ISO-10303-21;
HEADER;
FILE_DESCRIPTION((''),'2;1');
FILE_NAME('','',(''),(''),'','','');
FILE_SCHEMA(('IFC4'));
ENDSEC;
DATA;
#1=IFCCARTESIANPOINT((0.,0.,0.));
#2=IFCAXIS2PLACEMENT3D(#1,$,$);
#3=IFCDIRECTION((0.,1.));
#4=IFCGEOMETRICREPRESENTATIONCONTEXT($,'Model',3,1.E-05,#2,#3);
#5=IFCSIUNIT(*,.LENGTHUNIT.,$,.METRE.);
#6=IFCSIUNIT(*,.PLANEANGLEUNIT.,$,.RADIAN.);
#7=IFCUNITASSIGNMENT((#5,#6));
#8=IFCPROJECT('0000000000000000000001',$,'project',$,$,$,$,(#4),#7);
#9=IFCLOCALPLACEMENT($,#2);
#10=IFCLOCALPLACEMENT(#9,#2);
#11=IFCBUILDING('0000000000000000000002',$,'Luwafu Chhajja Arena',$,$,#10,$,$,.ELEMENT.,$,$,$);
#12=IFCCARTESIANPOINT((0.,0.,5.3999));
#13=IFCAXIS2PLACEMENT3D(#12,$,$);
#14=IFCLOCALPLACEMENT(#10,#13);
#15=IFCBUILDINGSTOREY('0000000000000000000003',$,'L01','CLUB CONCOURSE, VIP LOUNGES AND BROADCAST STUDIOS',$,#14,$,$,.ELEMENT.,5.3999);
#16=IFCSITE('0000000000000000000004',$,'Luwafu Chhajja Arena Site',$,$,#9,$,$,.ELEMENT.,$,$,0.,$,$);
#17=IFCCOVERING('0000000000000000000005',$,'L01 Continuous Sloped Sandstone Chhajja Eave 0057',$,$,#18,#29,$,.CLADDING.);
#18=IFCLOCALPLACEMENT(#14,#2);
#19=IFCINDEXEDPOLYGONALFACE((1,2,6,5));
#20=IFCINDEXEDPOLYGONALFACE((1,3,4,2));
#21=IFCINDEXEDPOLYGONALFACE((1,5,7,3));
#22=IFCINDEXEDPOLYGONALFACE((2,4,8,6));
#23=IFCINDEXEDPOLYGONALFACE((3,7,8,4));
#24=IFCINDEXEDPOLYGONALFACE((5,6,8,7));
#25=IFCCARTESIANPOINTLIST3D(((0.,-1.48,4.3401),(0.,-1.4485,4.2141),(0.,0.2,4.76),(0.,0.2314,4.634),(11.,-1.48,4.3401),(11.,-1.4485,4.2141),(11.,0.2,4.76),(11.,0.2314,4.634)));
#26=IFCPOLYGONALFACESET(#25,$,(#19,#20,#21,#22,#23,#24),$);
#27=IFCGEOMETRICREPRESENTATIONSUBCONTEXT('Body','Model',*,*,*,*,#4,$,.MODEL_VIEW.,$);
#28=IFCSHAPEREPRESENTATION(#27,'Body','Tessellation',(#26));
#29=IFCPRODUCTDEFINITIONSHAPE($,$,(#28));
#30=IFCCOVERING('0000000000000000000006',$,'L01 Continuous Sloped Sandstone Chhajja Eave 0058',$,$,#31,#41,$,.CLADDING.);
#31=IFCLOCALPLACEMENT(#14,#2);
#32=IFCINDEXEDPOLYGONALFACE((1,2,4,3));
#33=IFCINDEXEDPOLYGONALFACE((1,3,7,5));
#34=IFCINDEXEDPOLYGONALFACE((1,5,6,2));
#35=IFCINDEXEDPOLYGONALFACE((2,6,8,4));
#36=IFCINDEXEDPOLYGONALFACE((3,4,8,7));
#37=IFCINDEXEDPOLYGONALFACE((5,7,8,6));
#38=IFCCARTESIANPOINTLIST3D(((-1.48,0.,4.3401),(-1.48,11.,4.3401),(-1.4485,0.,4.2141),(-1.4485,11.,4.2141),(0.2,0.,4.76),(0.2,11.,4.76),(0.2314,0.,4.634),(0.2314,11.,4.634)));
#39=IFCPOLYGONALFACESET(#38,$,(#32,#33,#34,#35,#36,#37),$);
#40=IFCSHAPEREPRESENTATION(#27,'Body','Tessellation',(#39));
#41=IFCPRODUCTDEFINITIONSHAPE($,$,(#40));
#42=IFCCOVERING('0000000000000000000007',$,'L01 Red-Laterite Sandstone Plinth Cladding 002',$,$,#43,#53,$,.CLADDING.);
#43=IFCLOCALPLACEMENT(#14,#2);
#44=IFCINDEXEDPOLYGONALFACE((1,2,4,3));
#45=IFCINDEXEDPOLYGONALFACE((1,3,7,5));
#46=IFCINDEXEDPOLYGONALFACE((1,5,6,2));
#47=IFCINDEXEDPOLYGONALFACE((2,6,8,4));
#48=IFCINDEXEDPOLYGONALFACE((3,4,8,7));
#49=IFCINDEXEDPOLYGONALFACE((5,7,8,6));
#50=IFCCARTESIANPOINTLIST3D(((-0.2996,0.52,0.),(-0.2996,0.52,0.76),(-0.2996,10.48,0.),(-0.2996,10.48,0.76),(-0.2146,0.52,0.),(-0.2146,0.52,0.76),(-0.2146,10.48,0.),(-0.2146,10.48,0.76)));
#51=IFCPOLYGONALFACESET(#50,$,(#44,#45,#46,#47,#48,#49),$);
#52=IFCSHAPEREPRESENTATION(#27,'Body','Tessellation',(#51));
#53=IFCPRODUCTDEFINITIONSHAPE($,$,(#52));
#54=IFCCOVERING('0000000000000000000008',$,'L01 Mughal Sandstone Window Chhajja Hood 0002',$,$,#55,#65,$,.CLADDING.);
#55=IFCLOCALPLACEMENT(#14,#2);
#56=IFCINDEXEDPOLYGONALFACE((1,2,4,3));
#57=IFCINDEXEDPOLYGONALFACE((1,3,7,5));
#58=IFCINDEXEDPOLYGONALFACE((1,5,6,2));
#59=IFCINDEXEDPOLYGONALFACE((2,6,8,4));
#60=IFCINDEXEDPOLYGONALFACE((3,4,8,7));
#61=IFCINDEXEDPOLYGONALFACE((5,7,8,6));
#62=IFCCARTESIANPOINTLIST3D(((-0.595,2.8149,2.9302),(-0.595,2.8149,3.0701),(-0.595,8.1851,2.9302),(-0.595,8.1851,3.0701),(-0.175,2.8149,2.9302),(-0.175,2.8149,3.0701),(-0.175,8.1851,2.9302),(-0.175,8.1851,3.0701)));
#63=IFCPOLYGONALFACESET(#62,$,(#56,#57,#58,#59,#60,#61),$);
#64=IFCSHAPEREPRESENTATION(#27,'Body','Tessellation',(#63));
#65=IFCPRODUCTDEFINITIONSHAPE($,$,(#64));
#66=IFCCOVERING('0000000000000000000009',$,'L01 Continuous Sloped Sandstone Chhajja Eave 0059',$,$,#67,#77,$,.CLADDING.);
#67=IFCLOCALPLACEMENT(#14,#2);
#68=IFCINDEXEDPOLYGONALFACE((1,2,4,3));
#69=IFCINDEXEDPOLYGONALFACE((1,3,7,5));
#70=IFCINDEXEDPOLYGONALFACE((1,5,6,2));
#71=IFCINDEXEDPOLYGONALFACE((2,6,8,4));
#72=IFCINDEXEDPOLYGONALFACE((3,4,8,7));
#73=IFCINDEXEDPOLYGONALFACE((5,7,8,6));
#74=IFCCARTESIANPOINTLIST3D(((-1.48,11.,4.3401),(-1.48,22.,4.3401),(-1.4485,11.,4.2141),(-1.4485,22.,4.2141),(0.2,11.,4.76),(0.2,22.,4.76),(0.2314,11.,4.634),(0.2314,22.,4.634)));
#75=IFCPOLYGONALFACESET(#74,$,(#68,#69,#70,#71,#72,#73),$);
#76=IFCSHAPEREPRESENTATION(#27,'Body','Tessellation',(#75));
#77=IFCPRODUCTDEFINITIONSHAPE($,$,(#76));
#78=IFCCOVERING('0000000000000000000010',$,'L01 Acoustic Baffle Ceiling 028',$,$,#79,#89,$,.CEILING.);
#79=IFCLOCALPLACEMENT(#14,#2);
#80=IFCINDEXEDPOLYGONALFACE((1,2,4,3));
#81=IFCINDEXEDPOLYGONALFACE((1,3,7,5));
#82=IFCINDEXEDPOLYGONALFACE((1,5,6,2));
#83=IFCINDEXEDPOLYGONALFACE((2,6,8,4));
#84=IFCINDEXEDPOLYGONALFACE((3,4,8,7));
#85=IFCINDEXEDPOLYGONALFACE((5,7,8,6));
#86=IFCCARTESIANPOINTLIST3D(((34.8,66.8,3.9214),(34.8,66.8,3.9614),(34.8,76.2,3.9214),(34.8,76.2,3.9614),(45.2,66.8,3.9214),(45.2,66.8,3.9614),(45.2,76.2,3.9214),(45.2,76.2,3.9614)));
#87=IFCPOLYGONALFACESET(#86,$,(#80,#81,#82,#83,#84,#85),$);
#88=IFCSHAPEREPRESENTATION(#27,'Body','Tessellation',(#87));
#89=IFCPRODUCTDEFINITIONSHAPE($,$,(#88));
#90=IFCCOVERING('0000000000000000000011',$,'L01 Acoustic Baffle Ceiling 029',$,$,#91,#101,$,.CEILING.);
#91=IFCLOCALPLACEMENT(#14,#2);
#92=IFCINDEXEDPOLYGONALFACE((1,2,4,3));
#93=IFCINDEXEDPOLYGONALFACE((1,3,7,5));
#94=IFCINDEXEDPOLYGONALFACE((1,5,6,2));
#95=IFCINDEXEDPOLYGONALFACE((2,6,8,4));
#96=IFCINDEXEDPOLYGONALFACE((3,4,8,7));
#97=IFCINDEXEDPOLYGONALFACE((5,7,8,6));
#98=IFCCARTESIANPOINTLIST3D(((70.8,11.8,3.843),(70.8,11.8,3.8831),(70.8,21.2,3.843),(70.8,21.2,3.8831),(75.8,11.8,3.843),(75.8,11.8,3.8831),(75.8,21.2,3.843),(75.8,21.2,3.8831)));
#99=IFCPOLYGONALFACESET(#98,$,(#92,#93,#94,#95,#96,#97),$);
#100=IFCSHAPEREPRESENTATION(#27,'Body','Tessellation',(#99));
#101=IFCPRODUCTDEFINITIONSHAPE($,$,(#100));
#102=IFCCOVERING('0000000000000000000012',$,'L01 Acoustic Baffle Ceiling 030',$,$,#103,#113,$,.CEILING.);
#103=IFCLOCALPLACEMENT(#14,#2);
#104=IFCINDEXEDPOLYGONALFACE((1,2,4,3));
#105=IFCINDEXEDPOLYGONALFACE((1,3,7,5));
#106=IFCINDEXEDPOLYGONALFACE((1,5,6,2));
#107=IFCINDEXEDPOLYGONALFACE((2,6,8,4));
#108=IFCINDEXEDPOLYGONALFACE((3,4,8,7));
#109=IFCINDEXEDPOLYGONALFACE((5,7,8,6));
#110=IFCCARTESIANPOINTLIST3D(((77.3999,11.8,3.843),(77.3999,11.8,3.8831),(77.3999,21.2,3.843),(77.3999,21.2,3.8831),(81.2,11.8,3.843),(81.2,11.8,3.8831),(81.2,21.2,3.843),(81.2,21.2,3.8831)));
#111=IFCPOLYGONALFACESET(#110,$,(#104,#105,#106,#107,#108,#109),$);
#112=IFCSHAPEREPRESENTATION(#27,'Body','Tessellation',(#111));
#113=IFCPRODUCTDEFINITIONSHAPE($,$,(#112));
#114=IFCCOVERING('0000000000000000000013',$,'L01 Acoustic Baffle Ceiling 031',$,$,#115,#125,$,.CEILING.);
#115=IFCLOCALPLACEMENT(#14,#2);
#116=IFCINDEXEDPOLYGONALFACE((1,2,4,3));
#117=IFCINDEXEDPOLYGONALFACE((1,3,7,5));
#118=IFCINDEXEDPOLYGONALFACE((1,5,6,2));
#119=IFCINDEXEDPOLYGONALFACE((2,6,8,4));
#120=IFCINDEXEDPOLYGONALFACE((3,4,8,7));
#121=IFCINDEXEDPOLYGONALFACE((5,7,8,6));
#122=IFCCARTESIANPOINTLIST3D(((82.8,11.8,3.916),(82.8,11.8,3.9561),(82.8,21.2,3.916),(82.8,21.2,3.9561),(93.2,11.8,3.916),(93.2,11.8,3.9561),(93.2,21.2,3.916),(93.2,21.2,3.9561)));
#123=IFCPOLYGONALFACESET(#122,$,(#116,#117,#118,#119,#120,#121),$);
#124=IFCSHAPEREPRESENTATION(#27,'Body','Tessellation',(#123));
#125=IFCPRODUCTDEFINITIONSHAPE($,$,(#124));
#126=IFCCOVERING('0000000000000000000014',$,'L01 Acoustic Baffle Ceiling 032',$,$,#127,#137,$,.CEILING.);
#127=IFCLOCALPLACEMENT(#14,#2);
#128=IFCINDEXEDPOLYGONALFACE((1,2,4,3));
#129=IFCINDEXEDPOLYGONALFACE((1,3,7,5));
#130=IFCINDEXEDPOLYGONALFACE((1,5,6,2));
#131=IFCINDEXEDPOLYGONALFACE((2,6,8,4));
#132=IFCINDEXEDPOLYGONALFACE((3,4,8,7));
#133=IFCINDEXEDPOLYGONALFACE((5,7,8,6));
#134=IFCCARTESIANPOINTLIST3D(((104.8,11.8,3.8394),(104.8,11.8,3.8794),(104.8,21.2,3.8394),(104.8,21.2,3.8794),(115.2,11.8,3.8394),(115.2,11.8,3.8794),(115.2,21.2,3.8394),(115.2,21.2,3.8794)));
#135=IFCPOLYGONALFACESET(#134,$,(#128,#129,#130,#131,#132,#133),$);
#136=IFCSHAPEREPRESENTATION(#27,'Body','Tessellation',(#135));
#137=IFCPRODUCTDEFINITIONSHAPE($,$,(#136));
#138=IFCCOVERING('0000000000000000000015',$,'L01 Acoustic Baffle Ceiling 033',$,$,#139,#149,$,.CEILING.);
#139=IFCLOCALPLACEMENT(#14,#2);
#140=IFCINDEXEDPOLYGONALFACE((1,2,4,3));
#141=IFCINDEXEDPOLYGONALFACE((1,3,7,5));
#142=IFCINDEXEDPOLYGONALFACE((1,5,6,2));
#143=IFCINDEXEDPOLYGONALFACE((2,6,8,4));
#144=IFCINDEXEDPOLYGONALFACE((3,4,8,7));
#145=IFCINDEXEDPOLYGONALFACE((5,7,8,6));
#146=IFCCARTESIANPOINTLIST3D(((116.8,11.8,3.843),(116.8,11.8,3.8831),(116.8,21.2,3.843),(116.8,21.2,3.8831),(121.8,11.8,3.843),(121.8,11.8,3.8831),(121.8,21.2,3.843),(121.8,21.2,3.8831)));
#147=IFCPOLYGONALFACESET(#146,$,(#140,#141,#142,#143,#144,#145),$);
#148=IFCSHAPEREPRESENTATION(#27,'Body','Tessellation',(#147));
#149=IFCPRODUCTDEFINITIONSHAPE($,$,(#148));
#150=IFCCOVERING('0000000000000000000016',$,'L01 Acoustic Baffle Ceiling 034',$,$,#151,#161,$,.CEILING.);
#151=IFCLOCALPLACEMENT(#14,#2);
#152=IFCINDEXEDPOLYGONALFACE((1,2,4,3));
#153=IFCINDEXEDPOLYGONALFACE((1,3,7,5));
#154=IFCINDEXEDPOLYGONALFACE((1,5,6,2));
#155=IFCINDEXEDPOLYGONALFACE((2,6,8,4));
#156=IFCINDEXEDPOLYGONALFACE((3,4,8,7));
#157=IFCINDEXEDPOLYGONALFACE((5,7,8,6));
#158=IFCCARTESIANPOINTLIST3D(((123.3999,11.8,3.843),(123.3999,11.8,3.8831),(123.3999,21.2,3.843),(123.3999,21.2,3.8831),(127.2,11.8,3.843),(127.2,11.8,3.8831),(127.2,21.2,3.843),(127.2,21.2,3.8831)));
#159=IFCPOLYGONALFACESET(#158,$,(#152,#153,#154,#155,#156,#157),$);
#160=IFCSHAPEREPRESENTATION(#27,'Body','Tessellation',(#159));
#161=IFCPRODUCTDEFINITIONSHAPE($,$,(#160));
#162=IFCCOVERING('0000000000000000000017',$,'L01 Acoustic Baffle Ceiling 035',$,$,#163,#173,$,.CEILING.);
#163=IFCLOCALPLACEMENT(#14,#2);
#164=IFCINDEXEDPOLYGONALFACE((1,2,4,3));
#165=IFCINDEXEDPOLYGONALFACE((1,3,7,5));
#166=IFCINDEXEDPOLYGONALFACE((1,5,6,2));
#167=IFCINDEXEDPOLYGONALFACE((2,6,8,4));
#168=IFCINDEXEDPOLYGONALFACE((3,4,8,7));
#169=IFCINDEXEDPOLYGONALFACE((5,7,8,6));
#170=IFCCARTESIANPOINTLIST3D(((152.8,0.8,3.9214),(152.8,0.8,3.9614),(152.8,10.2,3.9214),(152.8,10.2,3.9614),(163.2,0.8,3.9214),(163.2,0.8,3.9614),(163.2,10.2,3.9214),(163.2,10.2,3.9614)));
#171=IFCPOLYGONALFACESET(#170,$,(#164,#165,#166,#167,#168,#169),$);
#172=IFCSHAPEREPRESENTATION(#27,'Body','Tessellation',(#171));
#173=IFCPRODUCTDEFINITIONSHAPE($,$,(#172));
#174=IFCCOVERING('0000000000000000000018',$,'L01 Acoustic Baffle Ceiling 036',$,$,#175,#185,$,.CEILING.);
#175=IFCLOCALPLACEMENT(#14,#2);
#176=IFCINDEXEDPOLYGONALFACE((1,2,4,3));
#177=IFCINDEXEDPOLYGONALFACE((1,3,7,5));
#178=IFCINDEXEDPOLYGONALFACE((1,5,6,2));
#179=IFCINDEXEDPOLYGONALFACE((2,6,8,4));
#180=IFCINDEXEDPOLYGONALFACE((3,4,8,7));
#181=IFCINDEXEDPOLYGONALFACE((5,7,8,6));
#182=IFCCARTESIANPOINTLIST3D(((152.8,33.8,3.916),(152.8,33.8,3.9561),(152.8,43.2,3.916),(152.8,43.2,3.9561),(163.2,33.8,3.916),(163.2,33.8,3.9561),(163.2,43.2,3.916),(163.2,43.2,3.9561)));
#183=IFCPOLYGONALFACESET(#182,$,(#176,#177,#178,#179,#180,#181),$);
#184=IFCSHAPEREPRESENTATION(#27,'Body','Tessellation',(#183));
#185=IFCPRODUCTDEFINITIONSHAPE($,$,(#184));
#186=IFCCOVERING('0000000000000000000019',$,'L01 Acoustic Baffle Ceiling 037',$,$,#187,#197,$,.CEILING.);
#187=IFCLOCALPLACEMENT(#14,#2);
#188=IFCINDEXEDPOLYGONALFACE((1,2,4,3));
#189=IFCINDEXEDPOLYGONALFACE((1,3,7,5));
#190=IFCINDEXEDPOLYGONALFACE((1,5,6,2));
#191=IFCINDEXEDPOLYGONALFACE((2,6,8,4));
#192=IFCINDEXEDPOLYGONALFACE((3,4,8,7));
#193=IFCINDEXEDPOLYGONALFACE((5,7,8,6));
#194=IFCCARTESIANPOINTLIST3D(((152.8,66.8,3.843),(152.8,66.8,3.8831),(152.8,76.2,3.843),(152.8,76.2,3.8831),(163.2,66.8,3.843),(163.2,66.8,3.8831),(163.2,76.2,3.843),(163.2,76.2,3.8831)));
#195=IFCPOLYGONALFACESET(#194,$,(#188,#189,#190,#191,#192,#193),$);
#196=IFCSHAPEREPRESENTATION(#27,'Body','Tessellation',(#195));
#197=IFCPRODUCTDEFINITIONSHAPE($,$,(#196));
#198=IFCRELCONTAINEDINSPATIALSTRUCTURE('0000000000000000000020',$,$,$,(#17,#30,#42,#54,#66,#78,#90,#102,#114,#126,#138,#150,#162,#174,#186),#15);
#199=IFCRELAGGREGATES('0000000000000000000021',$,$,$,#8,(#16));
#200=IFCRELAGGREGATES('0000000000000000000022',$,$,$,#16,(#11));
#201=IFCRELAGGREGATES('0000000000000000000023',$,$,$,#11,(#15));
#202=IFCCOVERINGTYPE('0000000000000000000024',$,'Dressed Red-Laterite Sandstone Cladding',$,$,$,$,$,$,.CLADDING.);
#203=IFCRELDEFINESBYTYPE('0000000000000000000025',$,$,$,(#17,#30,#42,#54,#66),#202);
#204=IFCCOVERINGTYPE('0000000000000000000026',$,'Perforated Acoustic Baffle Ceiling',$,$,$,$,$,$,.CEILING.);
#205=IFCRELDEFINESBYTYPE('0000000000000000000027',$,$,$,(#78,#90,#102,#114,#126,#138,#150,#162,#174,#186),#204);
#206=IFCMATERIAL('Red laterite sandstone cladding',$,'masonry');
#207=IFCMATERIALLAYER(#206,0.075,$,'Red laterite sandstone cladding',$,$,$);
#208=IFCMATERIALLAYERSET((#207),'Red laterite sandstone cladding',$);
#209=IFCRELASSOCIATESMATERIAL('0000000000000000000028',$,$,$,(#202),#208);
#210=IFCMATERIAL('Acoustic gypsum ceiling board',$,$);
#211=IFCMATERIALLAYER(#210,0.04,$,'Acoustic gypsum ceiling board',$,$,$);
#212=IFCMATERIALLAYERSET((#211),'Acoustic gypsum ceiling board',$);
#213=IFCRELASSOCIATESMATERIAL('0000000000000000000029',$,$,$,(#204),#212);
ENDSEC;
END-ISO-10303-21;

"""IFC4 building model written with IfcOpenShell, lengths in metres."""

from ifc_helpers import new_model, si_unit, direction, frame, origin, origin_2d, place, context, subcontext, project, spatial, polyline, rectangle, outline, extrude, material, layer, layer_set, type_object, element, save


model = new_model("IFC4")

# Units and contexts
model_context = context("Model", 3, precision=1e-05, world=origin(), true_north=direction((0.0, 1.0)))
body_context = subcontext(model_context, "Body", "Model", "MODEL_VIEW")
ifc_project = project(units=[si_unit("LENGTHUNIT", "METRE"), si_unit("PLANEANGLEUNIT", "RADIAN")], contexts=[model_context])

# Site, building, storey
site_placement = place(None, origin())
site = spatial("IfcSite", under=ifc_project, at=site_placement, Name="Luwafu Chhajja Arena Site", CompositionType="ELEMENT", RefElevation=0.0)
building_placement = place(site_placement, origin())
building = spatial("IfcBuilding", under=site, at=building_placement, Name="Luwafu Chhajja Arena", CompositionType="ELEMENT")
storey_placement = place(building_placement, frame((0.0, 0.0, 5.3999)))
storey = spatial("IfcBuildingStorey", under=building, at=storey_placement, Name="L01", Description="CLUB CONCOURSE, VIP LOUNGES AND BROADCAST STUDIOS", CompositionType="ELEMENT", Elevation=5.3999)

# Coverings
ifc_material_1 = material(Name="Red laterite sandstone cladding", Category="masonry")
ifc_layer_1 = layer(ifc_material_1, 0.075, Name="Red laterite sandstone cladding")
ifc_layer_set_1 = layer_set([ifc_layer_1], Name="Red laterite sandstone cladding")
covering_type_1 = type_object("IfcCoveringType", Name="Dressed Red-Laterite Sandstone Cladding", PredefinedType="CLADDING", material=ifc_layer_set_1)
covering_1_placement = place(storey_placement, frame((0.0, 0.2, 4.76), z_axis=(0.0, -0.242502, 0.970151), x_axis=(1.0, 0.0, 0.0)))
element("IfcCovering", 1, at=covering_1_placement, inside=storey, type_object=covering_type_1, Name="L01 Continuous Sloped Sandstone Chhajja Eave 0057", PredefinedType="CLADDING", context=body_context, shape_type="SweptSolid", body=[
    extrude(outline(polyline([(0.0, 0.0), (11.0, 0.0), (11.0, -1.7316), (0.0, -1.7316), (0.0, 0.0)])), origin(), (0.0, 0.0, -1.0), 0.1299),
])
covering_2_placement = place(storey_placement, frame((0.2, 0.0, 4.76), z_axis=(-0.242502, 0.0, 0.970151), x_axis=(0.0, 1.0, 0.0)))
element("IfcCovering", 2, at=covering_2_placement, inside=storey, type_object=covering_type_1, Name="L01 Continuous Sloped Sandstone Chhajja Eave 0058", PredefinedType="CLADDING", context=body_context, shape_type="SweptSolid", body=[
    extrude(outline(polyline([(0.0, 0.0), (11.0, 0.0), (11.0, 1.7316), (0.0, 1.7316), (0.0, 0.0)])), origin(), (0.0, 0.0, -1.0), 0.1299),
])
covering_3_placement = place(storey_placement, frame((-0.2571, 5.5, 0.0), z_axis=(0.0, 0.0, 1.0), x_axis=(0.0, 1.0, 0.0)))
element("IfcCovering", 3, at=covering_3_placement, inside=storey, type_object=covering_type_1, Name="L01 Red-Laterite Sandstone Plinth Cladding 002", PredefinedType="CLADDING", context=body_context, shape_type="SweptSolid", body=[
    extrude(rectangle(XDim=9.96, YDim=0.085, at=origin_2d()), origin(), (0.0, 0.0, 1.0), 0.76),
])
covering_4_placement = place(storey_placement, frame((-0.385, 5.5, 2.9302), z_axis=(0.0, 0.0, 1.0), x_axis=(0.0, 1.0, 0.0)))
element("IfcCovering", 4, at=covering_4_placement, inside=storey, type_object=covering_type_1, Name="L01 Mughal Sandstone Window Chhajja Hood 0002", PredefinedType="CLADDING", context=body_context, shape_type="SweptSolid", body=[
    extrude(rectangle(XDim=5.3701, YDim=0.4199, at=origin_2d()), origin(), (0.0, 0.0, 1.0), 0.1399),
])
covering_5_placement = place(storey_placement, frame((0.2, 11.0, 4.76), z_axis=(-0.242502, 0.0, 0.970151), x_axis=(0.0, 1.0, 0.0)))
element("IfcCovering", 5, at=covering_5_placement, inside=storey, type_object=covering_type_1, Name="L01 Continuous Sloped Sandstone Chhajja Eave 0059", PredefinedType="CLADDING", context=body_context, shape_type="SweptSolid", body=[
    extrude(outline(polyline([(0.0, 0.0), (11.0, 0.0), (11.0, 1.7316), (0.0, 1.7316), (0.0, 0.0)])), origin(), (0.0, 0.0, -1.0), 0.1299),
])
ifc_material_2 = material(Name="Acoustic gypsum ceiling board")
ifc_layer_2 = layer(ifc_material_2, 0.04, Name="Acoustic gypsum ceiling board")
ifc_layer_set_2 = layer_set([ifc_layer_2], Name="Acoustic gypsum ceiling board")
covering_type_2 = type_object("IfcCoveringType", Name="Perforated Acoustic Baffle Ceiling", PredefinedType="CEILING", material=ifc_layer_set_2)
covering_6_placement = place(storey_placement, frame((0.0, 0.0, 3.9214)))
element("IfcCovering", 6, at=covering_6_placement, inside=storey, type_object=covering_type_2, Name="L01 Acoustic Baffle Ceiling 028", PredefinedType="CEILING", context=body_context, shape_type="SweptSolid", body=[
    extrude(outline(polyline([(34.8, 66.8), (45.2, 66.8), (45.2, 76.2), (34.8, 76.2), (34.8, 66.8)])), origin(), (0.0, 0.0, 1.0), 0.04),
])
covering_7_placement = place(storey_placement, frame((0.0, 0.0, 3.843)))
element("IfcCovering", 7, at=covering_7_placement, inside=storey, type_object=covering_type_2, Name="L01 Acoustic Baffle Ceiling 029", PredefinedType="CEILING", context=body_context, shape_type="SweptSolid", body=[
    extrude(outline(polyline([(70.8, 11.8), (75.8, 11.8), (75.8, 21.2), (70.8, 21.2), (70.8, 11.8)])), origin(), (0.0, 0.0, 1.0), 0.04),
])
covering_8_placement = place(storey_placement, frame((0.0, 0.0, 3.843)))
element("IfcCovering", 8, at=covering_8_placement, inside=storey, type_object=covering_type_2, Name="L01 Acoustic Baffle Ceiling 030", PredefinedType="CEILING", context=body_context, shape_type="SweptSolid", body=[
    extrude(outline(polyline([(77.3999, 11.8), (81.2, 11.8), (81.2, 21.2), (77.3999, 21.2), (77.3999, 11.8)])), origin(), (0.0, 0.0, 1.0), 0.04),
])
covering_9_placement = place(storey_placement, frame((0.0, 0.0, 3.916)))
element("IfcCovering", 9, at=covering_9_placement, inside=storey, type_object=covering_type_2, Name="L01 Acoustic Baffle Ceiling 031", PredefinedType="CEILING", context=body_context, shape_type="SweptSolid", body=[
    extrude(outline(polyline([(82.8, 11.8), (93.2, 11.8), (93.2, 21.2), (82.8, 21.2), (82.8, 11.8)])), origin(), (0.0, 0.0, 1.0), 0.04),
])
covering_10_placement = place(storey_placement, frame((0.0, 0.0, 3.8394)))
element("IfcCovering", 10, at=covering_10_placement, inside=storey, type_object=covering_type_2, Name="L01 Acoustic Baffle Ceiling 032", PredefinedType="CEILING", context=body_context, shape_type="SweptSolid", body=[
    extrude(outline(polyline([(104.8, 11.8), (115.2, 11.8), (115.2, 21.2), (104.8, 21.2), (104.8, 11.8)])), origin(), (0.0, 0.0, 1.0), 0.04),
])
covering_11_placement = place(storey_placement, frame((0.0, 0.0, 3.843)))
element("IfcCovering", 11, at=covering_11_placement, inside=storey, type_object=covering_type_2, Name="L01 Acoustic Baffle Ceiling 033", PredefinedType="CEILING", context=body_context, shape_type="SweptSolid", body=[
    extrude(outline(polyline([(116.8, 11.8), (121.8, 11.8), (121.8, 21.2), (116.8, 21.2), (116.8, 11.8)])), origin(), (0.0, 0.0, 1.0), 0.04),
])
covering_12_placement = place(storey_placement, frame((0.0, 0.0, 3.843)))
element("IfcCovering", 12, at=covering_12_placement, inside=storey, type_object=covering_type_2, Name="L01 Acoustic Baffle Ceiling 034", PredefinedType="CEILING", context=body_context, shape_type="SweptSolid", body=[
    extrude(outline(polyline([(123.3999, 11.8), (127.2, 11.8), (127.2, 21.2), (123.3999, 21.2), (123.3999, 11.8)])), origin(), (0.0, 0.0, 1.0), 0.04),
])
covering_13_placement = place(storey_placement, frame((0.0, 0.0, 3.9214)))
element("IfcCovering", 13, at=covering_13_placement, inside=storey, type_object=covering_type_2, Name="L01 Acoustic Baffle Ceiling 035", PredefinedType="CEILING", context=body_context, shape_type="SweptSolid", body=[
    extrude(outline(polyline([(152.8, 0.8), (163.2, 0.8), (163.2, 10.2), (152.8, 10.2), (152.8, 0.8)])), origin(), (0.0, 0.0, 1.0), 0.04),
])
covering_14_placement = place(storey_placement, frame((0.0, 0.0, 3.916)))
element("IfcCovering", 14, at=covering_14_placement, inside=storey, type_object=covering_type_2, Name="L01 Acoustic Baffle Ceiling 036", PredefinedType="CEILING", context=body_context, shape_type="SweptSolid", body=[
    extrude(outline(polyline([(152.8, 33.8), (163.2, 33.8), (163.2, 43.2), (152.8, 43.2), (152.8, 33.8)])), origin(), (0.0, 0.0, 1.0), 0.04),
])
covering_15_placement = place(storey_placement, frame((0.0, 0.0, 3.843)))
element("IfcCovering", 15, at=covering_15_placement, inside=storey, type_object=covering_type_2, Name="L01 Acoustic Baffle Ceiling 037", PredefinedType="CEILING", context=body_context, shape_type="SweptSolid", body=[
    extrude(outline(polyline([(152.8, 66.8), (163.2, 66.8), (163.2, 76.2), (152.8, 76.2), (152.8, 66.8)])), origin(), (0.0, 0.0, 1.0), 0.04),
])

save(model, "model.ifc")
